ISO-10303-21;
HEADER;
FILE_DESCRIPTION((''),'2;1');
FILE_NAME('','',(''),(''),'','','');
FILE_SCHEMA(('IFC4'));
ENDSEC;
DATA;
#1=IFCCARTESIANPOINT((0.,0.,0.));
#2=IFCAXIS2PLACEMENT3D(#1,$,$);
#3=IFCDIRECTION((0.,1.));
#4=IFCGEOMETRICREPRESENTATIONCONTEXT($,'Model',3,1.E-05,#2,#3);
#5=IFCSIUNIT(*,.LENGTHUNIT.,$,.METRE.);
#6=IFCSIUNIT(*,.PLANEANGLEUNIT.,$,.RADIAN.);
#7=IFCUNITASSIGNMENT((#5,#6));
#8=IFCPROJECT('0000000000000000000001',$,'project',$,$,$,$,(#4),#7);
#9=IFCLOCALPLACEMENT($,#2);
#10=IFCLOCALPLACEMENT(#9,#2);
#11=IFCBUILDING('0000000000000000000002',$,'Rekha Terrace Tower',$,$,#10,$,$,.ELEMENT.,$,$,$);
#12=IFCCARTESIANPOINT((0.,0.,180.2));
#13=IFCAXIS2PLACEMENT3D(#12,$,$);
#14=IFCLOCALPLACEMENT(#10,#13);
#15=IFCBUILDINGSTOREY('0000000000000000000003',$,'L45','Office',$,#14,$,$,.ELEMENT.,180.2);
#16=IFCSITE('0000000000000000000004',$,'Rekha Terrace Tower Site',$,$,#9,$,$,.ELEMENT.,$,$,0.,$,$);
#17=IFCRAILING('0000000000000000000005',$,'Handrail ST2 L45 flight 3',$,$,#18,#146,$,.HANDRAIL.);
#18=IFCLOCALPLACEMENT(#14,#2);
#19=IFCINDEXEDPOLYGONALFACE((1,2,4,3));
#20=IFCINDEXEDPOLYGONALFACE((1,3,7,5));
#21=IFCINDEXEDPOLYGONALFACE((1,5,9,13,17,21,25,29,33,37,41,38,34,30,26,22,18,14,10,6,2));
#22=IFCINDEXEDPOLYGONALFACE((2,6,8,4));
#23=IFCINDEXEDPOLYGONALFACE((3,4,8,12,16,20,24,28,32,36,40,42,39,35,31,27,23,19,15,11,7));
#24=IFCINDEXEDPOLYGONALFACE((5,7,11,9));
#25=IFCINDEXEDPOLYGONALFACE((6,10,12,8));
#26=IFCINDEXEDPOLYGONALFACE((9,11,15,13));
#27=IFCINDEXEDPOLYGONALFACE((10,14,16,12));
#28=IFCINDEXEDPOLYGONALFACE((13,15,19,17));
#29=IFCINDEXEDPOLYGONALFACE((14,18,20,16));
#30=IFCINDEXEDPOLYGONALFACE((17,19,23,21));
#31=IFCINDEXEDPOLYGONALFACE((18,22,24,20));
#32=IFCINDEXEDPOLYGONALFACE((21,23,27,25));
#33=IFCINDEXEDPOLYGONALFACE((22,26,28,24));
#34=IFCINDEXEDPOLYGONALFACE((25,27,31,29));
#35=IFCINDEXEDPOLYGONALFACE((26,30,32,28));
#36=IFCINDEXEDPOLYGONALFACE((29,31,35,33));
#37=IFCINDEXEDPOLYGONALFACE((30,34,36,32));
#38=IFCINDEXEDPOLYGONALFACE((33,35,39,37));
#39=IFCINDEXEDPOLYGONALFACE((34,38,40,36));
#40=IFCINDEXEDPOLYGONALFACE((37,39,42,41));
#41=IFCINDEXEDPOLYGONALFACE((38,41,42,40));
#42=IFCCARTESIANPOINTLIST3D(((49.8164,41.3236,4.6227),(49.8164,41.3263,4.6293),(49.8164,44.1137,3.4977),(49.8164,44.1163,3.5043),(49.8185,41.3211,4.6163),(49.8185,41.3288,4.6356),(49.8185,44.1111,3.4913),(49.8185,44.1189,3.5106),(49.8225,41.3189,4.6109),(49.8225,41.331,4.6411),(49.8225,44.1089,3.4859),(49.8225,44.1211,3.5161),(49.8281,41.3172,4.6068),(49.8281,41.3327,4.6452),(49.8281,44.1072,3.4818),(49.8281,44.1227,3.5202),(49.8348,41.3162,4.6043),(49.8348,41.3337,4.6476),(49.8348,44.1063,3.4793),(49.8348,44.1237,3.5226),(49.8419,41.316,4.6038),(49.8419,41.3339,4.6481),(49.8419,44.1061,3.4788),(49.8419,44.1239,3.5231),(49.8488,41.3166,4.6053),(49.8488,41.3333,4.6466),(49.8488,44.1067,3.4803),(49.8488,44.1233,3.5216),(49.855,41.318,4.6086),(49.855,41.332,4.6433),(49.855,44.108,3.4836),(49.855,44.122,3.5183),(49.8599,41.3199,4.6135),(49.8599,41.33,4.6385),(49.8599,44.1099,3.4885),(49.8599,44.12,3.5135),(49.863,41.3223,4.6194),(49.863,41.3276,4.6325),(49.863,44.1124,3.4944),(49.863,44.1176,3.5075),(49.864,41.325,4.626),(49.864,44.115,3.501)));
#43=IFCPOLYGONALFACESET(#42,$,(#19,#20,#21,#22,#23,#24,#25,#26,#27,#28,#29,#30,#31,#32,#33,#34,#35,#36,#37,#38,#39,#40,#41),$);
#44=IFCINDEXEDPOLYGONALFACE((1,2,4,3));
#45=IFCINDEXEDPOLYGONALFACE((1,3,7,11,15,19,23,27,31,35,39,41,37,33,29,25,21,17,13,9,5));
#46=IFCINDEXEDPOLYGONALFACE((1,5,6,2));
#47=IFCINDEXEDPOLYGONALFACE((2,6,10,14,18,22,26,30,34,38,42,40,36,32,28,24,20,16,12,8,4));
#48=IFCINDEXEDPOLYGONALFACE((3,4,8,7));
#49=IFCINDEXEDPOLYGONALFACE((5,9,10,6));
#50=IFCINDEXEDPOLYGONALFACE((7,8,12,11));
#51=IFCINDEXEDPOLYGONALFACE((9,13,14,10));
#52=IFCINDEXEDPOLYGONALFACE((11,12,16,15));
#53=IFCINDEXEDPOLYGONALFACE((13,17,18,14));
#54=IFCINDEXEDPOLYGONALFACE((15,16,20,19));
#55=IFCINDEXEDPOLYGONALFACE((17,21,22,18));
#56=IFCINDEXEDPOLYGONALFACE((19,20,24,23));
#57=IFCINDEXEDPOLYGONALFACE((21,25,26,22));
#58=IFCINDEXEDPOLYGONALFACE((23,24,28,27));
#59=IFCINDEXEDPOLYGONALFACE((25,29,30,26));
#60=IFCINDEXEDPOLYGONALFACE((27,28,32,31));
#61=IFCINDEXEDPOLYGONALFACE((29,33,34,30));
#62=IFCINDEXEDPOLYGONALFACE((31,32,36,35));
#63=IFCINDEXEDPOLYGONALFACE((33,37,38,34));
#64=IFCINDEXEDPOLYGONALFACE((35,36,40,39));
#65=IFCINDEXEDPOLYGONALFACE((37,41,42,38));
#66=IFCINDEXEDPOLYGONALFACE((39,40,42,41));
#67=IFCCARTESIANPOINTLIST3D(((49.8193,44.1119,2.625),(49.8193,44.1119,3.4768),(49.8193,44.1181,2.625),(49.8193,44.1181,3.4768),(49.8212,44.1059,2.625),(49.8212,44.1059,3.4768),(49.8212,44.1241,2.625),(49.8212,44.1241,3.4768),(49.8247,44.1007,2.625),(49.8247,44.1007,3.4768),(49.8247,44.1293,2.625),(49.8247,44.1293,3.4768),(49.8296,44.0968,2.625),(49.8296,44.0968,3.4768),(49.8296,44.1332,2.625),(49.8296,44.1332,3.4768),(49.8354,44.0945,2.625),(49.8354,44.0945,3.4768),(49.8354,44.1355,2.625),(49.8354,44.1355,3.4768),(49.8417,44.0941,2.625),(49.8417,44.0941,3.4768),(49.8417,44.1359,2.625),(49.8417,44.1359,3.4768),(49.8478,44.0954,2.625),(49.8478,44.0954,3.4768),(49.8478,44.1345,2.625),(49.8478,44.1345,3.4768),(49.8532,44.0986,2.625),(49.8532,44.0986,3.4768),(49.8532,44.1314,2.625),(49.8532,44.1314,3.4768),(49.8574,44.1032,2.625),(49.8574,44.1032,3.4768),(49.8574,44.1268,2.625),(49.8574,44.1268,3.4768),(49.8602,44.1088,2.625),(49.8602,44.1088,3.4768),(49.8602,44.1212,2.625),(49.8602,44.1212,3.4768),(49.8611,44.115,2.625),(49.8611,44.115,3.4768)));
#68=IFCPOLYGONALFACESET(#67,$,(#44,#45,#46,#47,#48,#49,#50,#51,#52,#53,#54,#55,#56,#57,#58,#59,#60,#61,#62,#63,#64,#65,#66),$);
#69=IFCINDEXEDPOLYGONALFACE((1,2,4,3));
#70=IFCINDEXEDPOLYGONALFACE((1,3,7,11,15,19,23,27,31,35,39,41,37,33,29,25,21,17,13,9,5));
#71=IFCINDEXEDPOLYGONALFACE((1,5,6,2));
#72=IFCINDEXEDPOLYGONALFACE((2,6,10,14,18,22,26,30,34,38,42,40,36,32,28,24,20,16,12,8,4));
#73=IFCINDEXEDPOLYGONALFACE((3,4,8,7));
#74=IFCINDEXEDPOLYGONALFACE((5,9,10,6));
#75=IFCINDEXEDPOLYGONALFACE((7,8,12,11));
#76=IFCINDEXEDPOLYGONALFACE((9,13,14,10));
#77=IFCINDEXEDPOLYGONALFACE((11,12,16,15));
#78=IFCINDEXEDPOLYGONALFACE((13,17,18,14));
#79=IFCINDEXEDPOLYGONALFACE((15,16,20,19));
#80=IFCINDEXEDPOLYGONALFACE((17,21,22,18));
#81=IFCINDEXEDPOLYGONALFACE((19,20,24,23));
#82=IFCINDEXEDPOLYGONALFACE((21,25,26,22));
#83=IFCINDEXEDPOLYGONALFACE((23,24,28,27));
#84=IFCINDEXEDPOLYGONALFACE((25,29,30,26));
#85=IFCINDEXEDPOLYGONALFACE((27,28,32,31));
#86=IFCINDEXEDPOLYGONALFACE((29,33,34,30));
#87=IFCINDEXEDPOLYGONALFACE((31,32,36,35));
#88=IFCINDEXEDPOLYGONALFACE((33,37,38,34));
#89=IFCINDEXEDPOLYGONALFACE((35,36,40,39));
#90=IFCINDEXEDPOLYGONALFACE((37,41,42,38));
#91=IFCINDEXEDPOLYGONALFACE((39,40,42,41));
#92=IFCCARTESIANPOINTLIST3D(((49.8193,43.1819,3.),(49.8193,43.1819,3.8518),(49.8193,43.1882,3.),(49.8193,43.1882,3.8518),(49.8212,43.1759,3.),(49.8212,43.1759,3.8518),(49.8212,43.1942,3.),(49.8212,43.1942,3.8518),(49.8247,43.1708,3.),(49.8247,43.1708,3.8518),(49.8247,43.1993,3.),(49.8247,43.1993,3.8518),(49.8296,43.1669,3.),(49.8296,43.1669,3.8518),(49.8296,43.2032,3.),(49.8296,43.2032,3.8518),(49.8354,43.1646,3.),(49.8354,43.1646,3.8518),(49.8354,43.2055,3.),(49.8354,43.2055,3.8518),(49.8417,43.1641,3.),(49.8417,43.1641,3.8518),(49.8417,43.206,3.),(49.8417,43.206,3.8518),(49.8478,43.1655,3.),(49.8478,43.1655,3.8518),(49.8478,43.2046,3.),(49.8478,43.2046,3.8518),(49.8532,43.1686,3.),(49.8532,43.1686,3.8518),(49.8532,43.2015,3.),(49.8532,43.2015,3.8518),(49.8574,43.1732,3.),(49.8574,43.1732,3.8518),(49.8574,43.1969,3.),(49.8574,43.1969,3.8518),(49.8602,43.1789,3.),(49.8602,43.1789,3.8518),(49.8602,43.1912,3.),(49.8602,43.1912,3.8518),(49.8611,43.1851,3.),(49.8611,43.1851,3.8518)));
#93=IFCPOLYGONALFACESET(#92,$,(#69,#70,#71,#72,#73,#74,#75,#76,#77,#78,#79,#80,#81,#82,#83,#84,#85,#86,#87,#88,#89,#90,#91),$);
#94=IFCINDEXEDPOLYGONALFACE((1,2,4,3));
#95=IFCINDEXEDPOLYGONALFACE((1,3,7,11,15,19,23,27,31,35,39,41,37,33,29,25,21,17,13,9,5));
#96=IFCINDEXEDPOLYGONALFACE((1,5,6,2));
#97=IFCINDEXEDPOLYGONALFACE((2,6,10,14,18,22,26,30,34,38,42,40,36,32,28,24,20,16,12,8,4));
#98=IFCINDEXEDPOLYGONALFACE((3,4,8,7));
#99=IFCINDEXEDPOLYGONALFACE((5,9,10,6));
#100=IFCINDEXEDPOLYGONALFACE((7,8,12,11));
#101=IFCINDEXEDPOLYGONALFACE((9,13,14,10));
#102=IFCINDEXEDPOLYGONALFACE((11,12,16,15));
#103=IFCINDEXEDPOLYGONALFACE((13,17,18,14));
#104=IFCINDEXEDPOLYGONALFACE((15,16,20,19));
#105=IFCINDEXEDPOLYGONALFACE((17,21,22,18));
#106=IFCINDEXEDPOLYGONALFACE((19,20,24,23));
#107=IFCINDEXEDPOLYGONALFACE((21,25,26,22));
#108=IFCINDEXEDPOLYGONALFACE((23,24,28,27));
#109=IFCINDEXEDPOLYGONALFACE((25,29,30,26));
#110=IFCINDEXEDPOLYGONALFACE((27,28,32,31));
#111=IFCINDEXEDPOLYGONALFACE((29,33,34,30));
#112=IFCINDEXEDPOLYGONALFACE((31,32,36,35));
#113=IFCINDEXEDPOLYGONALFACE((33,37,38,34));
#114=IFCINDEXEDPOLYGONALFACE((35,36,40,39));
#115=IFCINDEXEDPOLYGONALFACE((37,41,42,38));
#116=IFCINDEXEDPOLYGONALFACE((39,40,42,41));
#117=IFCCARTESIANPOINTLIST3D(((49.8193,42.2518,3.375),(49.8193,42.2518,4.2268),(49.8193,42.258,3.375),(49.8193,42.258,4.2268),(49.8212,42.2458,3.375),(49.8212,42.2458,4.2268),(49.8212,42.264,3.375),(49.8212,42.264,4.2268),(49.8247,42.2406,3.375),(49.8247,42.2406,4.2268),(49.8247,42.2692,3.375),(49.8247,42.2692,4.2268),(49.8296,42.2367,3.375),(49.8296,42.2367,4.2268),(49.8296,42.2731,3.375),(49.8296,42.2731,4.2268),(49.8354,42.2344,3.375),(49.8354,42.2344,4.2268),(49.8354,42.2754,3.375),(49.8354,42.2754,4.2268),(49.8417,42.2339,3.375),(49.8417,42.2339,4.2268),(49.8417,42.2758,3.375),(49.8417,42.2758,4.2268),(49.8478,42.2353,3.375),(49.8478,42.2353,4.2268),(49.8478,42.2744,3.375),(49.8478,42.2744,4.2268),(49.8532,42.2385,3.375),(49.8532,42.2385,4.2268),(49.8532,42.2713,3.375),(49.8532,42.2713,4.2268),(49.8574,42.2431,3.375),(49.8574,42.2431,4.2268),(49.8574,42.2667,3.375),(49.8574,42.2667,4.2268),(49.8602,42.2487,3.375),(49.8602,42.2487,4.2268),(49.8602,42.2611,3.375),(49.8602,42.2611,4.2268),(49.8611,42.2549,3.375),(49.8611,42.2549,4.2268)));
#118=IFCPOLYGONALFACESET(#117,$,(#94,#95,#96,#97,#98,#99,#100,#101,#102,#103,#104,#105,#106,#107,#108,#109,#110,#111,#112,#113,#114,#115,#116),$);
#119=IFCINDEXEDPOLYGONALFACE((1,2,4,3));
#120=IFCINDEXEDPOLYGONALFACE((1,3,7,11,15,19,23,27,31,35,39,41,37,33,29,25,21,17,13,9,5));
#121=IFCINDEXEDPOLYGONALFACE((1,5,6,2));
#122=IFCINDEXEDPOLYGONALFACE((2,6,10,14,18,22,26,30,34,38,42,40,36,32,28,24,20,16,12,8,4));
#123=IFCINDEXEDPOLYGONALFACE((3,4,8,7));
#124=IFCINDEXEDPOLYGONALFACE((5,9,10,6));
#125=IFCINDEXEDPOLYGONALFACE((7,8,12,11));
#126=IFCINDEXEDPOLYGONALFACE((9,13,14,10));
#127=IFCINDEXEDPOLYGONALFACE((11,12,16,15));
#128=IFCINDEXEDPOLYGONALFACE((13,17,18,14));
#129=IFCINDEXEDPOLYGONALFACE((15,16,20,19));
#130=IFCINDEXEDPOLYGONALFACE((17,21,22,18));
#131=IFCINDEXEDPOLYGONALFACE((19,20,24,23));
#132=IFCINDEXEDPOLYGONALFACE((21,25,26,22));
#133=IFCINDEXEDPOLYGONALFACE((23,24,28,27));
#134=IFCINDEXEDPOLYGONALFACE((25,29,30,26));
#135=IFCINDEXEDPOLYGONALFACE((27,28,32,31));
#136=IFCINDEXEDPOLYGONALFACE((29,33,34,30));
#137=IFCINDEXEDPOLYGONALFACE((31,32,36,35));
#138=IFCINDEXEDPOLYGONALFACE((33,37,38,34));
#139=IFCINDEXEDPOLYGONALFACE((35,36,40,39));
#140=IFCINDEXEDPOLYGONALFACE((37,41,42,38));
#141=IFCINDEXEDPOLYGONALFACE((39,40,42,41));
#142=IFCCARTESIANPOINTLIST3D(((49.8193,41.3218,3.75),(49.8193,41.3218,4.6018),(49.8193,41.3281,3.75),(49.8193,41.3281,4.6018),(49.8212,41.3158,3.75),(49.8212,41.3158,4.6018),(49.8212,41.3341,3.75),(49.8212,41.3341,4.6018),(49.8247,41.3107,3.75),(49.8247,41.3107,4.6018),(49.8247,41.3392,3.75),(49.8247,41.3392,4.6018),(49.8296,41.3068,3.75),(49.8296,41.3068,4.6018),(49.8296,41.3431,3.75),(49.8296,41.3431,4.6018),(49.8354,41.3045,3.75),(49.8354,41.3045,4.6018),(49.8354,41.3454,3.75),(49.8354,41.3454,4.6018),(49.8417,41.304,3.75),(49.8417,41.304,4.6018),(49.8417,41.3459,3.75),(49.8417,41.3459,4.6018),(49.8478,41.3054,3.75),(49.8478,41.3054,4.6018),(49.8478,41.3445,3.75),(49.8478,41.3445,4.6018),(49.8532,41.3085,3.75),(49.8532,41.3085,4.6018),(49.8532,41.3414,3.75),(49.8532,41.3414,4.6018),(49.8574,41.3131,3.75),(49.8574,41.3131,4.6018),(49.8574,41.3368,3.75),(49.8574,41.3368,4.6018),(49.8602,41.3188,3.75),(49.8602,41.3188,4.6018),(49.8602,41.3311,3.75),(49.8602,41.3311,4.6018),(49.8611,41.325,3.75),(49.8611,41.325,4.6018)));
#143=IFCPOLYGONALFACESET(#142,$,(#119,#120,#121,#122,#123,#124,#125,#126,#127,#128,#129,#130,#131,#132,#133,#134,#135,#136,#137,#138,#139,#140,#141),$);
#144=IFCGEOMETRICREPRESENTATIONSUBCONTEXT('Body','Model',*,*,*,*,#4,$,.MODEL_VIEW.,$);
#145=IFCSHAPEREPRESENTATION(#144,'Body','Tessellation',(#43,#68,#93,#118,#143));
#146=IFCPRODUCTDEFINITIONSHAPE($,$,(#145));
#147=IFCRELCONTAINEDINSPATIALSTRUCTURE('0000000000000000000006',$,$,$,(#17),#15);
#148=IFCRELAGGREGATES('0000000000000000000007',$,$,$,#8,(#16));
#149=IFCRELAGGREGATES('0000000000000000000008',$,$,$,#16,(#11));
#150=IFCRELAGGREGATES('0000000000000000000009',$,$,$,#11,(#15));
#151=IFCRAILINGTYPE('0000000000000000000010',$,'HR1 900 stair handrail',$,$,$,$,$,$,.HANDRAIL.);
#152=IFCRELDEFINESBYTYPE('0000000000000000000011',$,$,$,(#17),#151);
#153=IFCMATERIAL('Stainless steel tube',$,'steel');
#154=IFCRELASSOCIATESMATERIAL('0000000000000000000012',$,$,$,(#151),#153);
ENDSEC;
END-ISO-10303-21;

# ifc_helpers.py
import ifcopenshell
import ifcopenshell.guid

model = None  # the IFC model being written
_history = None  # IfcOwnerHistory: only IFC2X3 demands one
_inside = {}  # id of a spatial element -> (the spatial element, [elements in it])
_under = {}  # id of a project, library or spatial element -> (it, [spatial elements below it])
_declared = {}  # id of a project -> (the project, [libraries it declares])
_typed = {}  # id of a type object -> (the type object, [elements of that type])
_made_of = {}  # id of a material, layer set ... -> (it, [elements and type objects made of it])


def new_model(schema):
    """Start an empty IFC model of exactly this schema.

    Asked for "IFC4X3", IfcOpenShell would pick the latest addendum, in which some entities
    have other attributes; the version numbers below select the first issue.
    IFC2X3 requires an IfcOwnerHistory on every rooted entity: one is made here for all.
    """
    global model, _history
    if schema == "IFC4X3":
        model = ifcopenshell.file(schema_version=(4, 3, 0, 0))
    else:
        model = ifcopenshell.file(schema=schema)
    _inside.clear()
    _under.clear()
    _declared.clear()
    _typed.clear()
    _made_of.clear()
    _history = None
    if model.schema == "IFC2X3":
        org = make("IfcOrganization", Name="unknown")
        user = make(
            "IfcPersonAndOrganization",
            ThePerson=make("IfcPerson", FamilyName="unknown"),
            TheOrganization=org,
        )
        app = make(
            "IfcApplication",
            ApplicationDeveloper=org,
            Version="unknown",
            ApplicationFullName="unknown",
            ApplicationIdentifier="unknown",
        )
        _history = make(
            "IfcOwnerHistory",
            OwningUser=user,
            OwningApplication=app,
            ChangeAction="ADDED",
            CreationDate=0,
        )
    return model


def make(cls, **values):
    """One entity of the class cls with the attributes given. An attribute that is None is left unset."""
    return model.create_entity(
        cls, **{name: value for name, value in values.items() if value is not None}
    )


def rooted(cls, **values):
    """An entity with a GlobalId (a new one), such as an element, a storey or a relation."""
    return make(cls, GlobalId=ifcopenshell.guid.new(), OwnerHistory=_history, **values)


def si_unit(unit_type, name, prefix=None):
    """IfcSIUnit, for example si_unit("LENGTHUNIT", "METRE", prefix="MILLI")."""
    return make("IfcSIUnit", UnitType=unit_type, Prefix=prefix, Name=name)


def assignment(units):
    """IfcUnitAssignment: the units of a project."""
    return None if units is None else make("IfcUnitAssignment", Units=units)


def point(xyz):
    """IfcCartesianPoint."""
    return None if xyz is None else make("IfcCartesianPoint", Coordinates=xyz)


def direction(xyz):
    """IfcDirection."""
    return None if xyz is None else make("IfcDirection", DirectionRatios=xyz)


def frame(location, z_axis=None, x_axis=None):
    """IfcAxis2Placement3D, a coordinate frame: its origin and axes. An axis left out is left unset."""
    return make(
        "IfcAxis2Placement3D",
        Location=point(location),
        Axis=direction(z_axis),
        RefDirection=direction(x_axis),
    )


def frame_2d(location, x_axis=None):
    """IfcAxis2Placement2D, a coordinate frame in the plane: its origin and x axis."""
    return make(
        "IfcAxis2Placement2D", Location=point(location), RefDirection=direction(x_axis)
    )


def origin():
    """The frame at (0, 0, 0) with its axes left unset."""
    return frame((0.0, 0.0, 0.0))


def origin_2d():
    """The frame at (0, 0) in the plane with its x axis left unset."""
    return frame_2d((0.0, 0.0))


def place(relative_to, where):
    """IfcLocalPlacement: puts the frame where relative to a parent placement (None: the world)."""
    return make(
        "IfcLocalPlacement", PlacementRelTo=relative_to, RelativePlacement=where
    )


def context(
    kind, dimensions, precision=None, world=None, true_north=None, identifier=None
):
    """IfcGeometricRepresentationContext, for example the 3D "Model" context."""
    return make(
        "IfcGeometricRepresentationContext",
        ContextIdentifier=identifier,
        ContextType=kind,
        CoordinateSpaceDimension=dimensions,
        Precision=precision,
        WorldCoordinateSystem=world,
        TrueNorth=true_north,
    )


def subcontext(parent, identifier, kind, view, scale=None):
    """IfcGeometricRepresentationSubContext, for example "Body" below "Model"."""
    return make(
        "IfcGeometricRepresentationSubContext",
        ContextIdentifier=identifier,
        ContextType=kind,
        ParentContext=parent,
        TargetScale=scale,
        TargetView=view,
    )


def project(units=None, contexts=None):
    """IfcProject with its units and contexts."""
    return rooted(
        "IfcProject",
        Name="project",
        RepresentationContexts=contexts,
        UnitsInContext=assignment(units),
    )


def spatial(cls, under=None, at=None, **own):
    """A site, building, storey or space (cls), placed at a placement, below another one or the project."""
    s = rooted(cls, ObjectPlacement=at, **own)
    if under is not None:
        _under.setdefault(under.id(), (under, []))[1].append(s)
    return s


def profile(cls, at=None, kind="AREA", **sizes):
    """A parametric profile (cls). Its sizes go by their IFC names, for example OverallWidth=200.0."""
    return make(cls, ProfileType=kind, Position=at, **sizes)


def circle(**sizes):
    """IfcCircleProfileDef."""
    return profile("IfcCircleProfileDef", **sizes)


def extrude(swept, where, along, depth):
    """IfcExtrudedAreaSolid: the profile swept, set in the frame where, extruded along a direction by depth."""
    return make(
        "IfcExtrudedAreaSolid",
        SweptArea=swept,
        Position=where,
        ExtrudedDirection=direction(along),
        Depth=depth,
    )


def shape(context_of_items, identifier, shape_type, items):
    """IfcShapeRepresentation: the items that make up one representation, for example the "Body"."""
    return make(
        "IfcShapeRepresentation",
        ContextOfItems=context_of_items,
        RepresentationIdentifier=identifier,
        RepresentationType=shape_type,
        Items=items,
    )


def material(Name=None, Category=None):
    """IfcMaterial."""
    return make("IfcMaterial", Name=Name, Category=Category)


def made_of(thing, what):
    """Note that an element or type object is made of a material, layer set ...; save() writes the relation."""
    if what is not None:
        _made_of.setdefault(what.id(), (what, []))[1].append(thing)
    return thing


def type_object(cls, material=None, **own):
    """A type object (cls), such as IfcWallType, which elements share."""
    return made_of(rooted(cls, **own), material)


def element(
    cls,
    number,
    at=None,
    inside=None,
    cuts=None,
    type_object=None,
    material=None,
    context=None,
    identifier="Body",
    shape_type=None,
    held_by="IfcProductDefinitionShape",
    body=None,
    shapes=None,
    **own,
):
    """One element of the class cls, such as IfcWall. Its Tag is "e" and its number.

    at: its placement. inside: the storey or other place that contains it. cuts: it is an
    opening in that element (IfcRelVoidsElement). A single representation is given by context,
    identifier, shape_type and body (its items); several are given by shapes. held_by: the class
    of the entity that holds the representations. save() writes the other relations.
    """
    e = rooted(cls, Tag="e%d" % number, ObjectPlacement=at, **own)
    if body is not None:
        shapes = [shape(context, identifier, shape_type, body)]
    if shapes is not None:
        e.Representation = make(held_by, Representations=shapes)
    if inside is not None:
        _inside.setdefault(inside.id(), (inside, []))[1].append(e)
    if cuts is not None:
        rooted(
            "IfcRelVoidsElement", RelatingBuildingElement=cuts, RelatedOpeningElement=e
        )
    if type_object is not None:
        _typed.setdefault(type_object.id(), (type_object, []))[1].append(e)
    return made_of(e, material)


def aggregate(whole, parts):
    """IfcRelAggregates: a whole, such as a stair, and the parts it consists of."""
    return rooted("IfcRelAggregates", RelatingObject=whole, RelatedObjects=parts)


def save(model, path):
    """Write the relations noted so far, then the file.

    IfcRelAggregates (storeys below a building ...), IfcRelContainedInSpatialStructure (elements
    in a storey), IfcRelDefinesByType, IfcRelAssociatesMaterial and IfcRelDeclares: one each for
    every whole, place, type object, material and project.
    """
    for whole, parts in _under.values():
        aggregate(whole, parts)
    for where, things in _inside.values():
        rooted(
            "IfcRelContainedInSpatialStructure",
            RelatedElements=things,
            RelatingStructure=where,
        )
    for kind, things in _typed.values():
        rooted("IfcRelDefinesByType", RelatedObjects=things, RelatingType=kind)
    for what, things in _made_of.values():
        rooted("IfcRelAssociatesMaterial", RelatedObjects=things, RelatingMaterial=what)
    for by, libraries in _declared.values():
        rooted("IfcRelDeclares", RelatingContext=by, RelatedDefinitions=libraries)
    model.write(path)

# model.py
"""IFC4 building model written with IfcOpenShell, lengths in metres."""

from ifc_helpers import new_model, si_unit, direction, frame, origin, origin_2d, place, context, subcontext, project, spatial, circle, extrude, material, type_object, element, save


model = new_model("IFC4")

# Units and contexts
model_context = context("Model", 3, precision=1e-05, world=origin(), true_north=direction((0.0, 1.0)))
body_context = subcontext(model_context, "Body", "Model", "MODEL_VIEW")
ifc_project = project(units=[si_unit("LENGTHUNIT", "METRE"), si_unit("PLANEANGLEUNIT", "RADIAN")], contexts=[model_context])

# Site, building, storey
site_placement = place(None, origin())
site = spatial("IfcSite", under=ifc_project, at=site_placement, Name="Rekha Terrace Tower Site", CompositionType="ELEMENT", RefElevation=0.0)
building_placement = place(site_placement, origin())
building = spatial("IfcBuilding", under=site, at=building_placement, Name="Rekha Terrace Tower", CompositionType="ELEMENT")
storey_placement = place(building_placement, frame((0.0, 0.0, 180.2)))
storey = spatial("IfcBuildingStorey", under=building, at=storey_placement, Name="L45", Description="Office", CompositionType="ELEMENT", Elevation=180.2)

# Railing
ifc_material_1 = material(Name="Stainless steel tube", Category="steel")
railing_type_1 = type_object("IfcRailingType", Name="HR1 900 stair handrail", PredefinedType="HANDRAIL", material=ifc_material_1)
railing_1_placement = place(storey_placement, frame((49.8401, 44.115, 2.625)))
element("IfcRailing", 1, at=railing_1_placement, inside=storey, type_object=railing_type_1, Name="Handrail ST2 L45 flight 3", PredefinedType="HANDRAIL", context=body_context, shape_type="SweptSolid", body=[
    extrude(circle(Radius=0.0239, at=origin_2d()), frame((0.0, 0.0, 0.876), z_axis=(0.0, -0.927443, 0.373964), x_axis=(1.0, 0.0, 0.0)), (0.0, 0.0, 1.0), 3.0083),
    extrude(circle(Radius=0.021, at=origin_2d()), origin(), (0.0, 0.0, 1.0), 0.8518),
    extrude(circle(Radius=0.021, at=origin_2d()), frame((0.0, -0.9299, 0.375)), (0.0, 0.0, 1.0), 0.8518),
    extrude(circle(Radius=0.021, at=origin_2d()), frame((0.0, -1.8601, 0.75)), (0.0, 0.0, 1.0), 0.8518),
    extrude(circle(Radius=0.021, at=origin_2d()), frame((0.0, -2.79, 1.125)), (0.0, 0.0, 1.0), 0.8518),
])

save(model, "model.ifc")
